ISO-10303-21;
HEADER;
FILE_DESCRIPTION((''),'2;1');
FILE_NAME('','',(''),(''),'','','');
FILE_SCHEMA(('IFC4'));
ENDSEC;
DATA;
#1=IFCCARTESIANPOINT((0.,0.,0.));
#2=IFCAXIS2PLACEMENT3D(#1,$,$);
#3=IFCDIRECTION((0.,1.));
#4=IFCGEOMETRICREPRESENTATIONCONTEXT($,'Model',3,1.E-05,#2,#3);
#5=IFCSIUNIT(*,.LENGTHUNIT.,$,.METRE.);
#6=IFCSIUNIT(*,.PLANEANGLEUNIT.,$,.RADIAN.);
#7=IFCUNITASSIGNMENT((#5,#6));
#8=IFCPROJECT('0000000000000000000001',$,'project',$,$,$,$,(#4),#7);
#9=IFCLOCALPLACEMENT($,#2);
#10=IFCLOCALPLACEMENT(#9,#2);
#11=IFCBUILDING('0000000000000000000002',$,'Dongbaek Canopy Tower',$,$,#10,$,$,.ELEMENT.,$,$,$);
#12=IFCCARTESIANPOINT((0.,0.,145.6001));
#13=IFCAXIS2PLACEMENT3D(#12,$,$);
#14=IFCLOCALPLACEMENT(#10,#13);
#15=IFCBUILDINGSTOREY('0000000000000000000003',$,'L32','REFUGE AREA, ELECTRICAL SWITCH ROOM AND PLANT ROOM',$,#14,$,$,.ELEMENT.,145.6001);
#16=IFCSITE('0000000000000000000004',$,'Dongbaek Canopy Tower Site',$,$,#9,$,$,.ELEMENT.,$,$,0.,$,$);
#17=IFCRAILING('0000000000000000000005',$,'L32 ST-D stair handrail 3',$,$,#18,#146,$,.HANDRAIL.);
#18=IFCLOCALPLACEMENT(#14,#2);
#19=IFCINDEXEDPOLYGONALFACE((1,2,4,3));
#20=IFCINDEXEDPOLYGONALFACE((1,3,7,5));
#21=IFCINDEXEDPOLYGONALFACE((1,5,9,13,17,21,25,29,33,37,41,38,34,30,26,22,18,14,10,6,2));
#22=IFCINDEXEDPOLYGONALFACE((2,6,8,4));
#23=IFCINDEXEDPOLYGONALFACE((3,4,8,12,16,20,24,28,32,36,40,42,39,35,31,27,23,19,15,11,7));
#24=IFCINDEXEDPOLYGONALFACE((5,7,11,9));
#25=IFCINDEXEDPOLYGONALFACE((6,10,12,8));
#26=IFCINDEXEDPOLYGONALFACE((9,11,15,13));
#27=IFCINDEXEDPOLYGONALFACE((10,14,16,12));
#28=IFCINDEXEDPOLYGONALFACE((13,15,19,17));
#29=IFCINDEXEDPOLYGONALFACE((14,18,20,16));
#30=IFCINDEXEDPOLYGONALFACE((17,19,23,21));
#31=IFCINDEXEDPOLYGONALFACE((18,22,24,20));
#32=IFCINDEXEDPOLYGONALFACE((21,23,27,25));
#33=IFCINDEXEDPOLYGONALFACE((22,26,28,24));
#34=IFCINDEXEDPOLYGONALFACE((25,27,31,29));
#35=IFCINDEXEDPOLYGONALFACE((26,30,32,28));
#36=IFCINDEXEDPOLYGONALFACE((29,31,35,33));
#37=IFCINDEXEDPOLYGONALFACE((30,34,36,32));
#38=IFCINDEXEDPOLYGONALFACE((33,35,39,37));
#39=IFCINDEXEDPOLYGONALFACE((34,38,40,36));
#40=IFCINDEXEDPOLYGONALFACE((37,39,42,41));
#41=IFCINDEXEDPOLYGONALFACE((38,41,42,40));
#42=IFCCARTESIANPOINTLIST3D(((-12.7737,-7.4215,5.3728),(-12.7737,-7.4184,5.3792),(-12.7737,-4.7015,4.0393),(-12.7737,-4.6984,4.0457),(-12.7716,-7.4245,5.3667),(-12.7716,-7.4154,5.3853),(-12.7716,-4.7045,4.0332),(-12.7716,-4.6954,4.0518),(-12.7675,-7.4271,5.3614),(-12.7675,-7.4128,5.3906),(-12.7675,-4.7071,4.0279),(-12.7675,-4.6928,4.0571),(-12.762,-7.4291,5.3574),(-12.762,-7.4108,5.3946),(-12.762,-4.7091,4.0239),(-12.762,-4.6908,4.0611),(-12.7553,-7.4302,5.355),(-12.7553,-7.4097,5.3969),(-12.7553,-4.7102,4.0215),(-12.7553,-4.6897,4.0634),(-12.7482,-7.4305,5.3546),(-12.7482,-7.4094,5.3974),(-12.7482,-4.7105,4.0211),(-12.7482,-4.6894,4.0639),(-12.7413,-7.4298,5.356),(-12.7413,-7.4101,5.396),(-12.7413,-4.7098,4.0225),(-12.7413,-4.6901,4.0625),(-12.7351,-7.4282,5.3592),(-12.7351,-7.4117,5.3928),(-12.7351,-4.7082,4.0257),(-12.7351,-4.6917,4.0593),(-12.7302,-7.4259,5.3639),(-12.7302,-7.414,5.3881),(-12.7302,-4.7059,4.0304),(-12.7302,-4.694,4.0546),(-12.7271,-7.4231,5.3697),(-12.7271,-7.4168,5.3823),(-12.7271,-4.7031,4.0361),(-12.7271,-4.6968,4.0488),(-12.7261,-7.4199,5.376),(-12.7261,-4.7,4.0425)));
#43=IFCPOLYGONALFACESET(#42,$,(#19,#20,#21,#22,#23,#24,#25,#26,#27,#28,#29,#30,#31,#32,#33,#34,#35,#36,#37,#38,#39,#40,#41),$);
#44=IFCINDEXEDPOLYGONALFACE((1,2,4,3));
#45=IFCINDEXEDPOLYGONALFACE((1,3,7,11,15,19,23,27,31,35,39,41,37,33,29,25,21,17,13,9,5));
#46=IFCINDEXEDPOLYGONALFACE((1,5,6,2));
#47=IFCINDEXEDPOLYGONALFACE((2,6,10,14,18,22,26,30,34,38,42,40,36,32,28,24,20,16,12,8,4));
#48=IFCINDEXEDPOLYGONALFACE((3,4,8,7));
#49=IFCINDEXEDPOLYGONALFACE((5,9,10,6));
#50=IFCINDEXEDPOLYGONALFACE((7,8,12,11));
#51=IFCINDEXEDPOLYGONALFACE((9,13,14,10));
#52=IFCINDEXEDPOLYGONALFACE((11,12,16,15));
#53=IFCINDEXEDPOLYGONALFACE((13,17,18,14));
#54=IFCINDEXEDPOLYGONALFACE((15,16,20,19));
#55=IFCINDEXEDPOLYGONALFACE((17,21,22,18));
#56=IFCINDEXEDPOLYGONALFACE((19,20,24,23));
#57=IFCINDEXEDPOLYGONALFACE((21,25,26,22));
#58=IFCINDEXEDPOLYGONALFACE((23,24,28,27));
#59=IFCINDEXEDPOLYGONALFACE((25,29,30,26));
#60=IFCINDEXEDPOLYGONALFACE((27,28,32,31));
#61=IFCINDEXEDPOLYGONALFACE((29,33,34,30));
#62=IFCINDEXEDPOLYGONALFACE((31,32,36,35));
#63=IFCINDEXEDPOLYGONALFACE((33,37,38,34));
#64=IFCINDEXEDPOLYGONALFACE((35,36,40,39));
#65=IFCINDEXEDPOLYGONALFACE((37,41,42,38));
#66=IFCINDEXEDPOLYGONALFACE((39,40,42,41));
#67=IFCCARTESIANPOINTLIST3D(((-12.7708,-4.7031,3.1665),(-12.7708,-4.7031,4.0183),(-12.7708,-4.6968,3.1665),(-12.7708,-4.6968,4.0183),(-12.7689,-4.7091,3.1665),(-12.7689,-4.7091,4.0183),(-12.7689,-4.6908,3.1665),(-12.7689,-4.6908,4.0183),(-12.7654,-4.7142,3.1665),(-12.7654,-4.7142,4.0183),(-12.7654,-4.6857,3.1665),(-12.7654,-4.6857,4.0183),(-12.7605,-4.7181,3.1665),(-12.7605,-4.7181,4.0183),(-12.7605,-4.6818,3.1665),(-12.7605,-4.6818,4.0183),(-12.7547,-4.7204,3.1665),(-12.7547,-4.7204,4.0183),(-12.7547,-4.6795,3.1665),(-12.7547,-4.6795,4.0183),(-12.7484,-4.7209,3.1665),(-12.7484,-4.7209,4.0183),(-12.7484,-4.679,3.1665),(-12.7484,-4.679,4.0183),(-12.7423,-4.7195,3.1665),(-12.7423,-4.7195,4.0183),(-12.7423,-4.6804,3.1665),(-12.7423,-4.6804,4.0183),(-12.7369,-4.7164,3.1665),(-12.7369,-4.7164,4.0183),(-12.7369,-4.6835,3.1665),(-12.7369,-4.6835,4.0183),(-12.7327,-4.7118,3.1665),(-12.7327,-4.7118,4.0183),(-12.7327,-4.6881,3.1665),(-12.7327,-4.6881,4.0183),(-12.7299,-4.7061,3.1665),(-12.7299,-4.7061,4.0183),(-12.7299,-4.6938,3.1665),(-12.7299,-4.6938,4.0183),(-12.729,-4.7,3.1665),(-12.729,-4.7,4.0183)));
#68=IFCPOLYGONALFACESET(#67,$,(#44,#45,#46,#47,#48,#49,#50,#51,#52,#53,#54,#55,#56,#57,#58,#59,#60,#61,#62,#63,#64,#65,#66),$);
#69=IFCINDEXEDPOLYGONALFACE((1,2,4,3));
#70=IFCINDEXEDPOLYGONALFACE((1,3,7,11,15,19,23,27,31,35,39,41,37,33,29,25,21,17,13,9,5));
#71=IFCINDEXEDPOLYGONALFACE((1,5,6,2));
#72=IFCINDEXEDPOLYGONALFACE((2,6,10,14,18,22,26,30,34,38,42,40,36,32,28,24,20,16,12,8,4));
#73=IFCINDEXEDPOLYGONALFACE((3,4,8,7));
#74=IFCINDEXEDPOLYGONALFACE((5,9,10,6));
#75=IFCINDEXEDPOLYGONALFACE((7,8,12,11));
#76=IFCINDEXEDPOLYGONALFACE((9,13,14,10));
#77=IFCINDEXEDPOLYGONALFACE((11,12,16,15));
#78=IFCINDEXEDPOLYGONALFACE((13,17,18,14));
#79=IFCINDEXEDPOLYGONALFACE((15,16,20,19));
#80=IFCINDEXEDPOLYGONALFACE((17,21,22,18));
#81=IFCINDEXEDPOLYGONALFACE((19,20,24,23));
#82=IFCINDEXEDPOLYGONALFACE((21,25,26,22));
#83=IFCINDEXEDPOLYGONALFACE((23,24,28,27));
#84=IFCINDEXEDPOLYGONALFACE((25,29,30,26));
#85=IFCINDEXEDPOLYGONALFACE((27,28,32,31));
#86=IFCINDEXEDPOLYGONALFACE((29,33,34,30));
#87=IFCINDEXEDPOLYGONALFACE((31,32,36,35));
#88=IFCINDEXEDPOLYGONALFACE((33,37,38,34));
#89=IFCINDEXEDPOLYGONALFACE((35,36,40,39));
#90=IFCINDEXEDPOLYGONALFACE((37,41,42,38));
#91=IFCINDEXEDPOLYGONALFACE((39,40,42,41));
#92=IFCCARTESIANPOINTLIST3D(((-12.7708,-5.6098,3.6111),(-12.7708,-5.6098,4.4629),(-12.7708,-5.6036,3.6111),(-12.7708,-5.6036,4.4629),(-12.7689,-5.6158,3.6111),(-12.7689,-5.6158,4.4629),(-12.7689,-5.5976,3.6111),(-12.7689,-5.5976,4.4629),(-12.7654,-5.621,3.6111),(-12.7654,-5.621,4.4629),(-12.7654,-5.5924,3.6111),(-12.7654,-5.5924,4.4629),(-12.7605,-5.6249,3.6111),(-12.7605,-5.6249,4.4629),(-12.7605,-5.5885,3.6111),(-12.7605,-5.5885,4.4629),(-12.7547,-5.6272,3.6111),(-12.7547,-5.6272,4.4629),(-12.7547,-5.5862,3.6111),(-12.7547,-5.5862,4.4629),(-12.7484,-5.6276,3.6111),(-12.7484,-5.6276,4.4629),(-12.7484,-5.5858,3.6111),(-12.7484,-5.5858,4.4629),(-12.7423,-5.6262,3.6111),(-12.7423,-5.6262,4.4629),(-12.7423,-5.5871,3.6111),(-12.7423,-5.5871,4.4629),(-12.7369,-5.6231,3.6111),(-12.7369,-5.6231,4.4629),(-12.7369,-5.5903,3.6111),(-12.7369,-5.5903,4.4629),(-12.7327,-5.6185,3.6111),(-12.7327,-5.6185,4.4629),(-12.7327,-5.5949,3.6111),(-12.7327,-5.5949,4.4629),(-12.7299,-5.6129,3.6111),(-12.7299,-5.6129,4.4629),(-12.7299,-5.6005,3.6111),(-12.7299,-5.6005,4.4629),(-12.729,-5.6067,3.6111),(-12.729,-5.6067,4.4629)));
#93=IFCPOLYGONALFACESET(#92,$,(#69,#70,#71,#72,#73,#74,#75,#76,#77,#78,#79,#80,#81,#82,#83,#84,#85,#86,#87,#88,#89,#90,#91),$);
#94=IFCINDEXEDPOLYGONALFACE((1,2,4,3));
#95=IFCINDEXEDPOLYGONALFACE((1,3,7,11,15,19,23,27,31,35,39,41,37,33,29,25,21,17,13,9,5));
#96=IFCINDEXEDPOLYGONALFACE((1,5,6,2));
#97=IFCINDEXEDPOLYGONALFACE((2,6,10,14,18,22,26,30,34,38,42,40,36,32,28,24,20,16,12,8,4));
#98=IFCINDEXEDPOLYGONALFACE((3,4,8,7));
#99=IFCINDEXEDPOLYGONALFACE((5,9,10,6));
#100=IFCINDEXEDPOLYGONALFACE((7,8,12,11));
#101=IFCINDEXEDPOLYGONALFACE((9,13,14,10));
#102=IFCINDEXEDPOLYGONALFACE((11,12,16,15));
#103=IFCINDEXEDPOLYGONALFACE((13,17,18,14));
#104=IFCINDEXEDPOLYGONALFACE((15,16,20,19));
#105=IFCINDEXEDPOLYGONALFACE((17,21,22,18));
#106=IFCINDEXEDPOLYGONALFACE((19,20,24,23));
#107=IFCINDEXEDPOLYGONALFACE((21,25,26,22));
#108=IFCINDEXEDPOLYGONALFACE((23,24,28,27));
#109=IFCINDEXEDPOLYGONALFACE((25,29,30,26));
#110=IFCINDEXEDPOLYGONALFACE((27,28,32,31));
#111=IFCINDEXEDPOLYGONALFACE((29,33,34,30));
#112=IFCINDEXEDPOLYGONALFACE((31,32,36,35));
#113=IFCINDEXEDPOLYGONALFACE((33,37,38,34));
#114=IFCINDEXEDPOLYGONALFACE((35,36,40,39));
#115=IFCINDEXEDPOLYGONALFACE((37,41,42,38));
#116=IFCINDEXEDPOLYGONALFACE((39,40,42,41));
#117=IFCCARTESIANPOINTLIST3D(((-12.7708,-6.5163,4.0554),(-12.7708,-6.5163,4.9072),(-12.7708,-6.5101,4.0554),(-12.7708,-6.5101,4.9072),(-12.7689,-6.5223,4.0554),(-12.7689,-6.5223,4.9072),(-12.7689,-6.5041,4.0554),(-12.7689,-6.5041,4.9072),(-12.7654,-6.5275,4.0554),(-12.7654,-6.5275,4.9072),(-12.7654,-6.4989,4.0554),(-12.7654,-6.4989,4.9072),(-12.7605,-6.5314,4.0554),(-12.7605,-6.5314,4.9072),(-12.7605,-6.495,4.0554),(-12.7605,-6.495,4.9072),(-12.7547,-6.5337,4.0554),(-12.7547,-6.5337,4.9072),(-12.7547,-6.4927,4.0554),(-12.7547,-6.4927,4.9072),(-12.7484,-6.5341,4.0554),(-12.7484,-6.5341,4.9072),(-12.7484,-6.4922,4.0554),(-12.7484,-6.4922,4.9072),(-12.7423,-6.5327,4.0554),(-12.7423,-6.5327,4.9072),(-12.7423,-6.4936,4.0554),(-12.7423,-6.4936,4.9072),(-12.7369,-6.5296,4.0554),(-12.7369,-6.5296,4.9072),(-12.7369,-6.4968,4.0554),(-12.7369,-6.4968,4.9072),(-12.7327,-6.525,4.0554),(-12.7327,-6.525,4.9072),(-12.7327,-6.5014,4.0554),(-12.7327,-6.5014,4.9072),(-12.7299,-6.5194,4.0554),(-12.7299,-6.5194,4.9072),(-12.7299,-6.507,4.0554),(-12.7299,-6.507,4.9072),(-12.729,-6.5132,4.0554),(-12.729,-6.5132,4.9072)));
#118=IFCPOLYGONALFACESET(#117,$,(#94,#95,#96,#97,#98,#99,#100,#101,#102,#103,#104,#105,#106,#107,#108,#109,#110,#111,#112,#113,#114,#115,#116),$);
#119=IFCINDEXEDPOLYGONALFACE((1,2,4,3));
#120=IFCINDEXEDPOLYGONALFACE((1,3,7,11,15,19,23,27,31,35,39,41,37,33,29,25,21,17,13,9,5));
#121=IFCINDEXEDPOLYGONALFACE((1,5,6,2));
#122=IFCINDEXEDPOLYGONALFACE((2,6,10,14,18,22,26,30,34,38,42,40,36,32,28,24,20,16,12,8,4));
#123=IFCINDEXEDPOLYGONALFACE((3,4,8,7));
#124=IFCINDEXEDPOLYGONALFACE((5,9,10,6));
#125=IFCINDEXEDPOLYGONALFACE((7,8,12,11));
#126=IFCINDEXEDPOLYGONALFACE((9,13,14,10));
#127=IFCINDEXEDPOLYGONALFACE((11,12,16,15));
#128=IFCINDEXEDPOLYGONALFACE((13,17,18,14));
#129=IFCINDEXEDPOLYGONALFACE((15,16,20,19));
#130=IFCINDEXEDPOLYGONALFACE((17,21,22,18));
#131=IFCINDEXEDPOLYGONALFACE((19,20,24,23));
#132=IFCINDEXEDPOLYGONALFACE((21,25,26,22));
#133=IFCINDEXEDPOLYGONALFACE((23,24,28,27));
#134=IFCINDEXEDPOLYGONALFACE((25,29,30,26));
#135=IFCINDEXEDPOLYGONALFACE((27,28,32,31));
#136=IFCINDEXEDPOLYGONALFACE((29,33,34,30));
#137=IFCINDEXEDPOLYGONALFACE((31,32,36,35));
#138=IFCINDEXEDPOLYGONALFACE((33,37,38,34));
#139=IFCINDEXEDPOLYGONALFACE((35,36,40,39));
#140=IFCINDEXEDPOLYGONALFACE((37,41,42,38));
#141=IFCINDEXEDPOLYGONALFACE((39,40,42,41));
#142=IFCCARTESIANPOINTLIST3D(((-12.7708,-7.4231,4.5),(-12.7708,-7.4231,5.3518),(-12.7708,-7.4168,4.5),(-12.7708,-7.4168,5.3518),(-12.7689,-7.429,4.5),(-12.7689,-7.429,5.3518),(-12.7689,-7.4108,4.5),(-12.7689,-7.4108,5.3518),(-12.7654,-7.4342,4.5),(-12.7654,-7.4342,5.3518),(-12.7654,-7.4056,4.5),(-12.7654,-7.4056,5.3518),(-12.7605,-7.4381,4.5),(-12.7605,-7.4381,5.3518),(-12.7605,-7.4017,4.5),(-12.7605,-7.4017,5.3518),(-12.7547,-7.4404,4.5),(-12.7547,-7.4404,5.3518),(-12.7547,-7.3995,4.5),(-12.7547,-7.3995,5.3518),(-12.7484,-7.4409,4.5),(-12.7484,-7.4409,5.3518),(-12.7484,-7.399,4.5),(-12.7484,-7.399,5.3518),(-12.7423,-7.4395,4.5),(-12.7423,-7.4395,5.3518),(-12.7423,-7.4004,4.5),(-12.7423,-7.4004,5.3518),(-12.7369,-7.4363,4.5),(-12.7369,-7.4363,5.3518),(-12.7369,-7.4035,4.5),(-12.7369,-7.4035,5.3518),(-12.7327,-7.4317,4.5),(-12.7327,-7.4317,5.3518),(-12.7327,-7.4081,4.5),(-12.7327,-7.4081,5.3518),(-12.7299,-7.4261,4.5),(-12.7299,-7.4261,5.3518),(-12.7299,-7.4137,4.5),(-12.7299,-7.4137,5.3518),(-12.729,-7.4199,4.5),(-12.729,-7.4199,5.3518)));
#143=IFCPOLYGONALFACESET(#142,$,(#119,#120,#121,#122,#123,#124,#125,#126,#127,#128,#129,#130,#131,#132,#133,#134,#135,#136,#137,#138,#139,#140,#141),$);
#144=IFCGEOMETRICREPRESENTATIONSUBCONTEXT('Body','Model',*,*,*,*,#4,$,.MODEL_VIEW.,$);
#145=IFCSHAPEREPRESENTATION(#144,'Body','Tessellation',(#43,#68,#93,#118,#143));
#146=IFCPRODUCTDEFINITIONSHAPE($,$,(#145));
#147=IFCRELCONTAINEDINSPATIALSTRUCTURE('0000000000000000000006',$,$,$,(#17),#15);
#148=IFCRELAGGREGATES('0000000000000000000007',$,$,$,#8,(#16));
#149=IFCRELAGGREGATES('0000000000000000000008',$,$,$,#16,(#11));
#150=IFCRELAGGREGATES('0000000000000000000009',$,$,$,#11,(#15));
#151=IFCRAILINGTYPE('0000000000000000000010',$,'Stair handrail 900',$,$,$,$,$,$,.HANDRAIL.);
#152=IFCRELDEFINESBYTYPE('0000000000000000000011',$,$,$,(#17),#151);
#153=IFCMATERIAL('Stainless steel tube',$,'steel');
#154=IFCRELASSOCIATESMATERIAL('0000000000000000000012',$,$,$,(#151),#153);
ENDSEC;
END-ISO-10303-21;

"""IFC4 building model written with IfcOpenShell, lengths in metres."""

from ifc_helpers import new_model, si_unit, direction, frame, origin, origin_2d, place, context, subcontext, project, spatial, circle, extrude, material, type_object, element, save


model = new_model("IFC4")

# Units and contexts
model_context = context("Model", 3, precision=1e-05, world=origin(), true_north=direction((0.0, 1.0)))
body_context = subcontext(model_context, "Body", "Model", "MODEL_VIEW")
ifc_project = project(units=[si_unit("LENGTHUNIT", "METRE"), si_unit("PLANEANGLEUNIT", "RADIAN")], contexts=[model_context])

# Site, building, storey
site_placement = place(None, origin())
site = spatial("IfcSite", under=ifc_project, at=site_placement, Name="Dongbaek Canopy Tower Site", CompositionType="ELEMENT", RefElevation=0.0)
building_placement = place(site_placement, origin())
building = spatial("IfcBuilding", under=site, at=building_placement, Name="Dongbaek Canopy Tower", CompositionType="ELEMENT")
storey_placement = place(building_placement, frame((0.0, 0.0, 145.6001)))
storey = spatial("IfcBuildingStorey", under=building, at=storey_placement, Name="L32", Description="REFUGE AREA, ELECTRICAL SWITCH ROOM AND PLANT ROOM", CompositionType="ELEMENT", Elevation=145.6001)

# Railing
ifc_material_1 = material(Name="Stainless steel tube", Category="steel")
railing_type_1 = type_object("IfcRailingType", Name="Stair handrail 900", PredefinedType="HANDRAIL", material=ifc_material_1)
railing_1_placement = place(storey_placement, frame((-12.75, -4.7, 3.1665)))
element("IfcRailing", 1, at=railing_1_placement, inside=storey, type_object=railing_type_1, Name="L32 ST-D stair handrail 3", PredefinedType="HANDRAIL", context=body_context, shape_type="SweptSolid", body=[
    extrude(circle(Radius=0.0239, at=origin_2d()), frame((0.0, 0.0, 0.876), z_axis=(0.0, -0.897898, 0.440204), x_axis=(1.0, 0.0, 0.0)), (0.0, 0.0, 1.0), 3.0293),
    extrude(circle(Radius=0.021, at=origin_2d()), origin(), (0.0, 0.0, 1.0), 0.8518),
    extrude(circle(Radius=0.021, at=origin_2d()), frame((0.0, -0.9067, 0.4446)), (0.0, 0.0, 1.0), 0.8518),
    extrude(circle(Radius=0.021, at=origin_2d()), frame((0.0, -1.8132, 0.8889)), (0.0, 0.0, 1.0), 0.8518),
    extrude(circle(Radius=0.021, at=origin_2d()), frame((0.0, -2.72, 1.3335)), (0.0, 0.0, 1.0), 0.8518),
])

save(model, "model.ifc")
